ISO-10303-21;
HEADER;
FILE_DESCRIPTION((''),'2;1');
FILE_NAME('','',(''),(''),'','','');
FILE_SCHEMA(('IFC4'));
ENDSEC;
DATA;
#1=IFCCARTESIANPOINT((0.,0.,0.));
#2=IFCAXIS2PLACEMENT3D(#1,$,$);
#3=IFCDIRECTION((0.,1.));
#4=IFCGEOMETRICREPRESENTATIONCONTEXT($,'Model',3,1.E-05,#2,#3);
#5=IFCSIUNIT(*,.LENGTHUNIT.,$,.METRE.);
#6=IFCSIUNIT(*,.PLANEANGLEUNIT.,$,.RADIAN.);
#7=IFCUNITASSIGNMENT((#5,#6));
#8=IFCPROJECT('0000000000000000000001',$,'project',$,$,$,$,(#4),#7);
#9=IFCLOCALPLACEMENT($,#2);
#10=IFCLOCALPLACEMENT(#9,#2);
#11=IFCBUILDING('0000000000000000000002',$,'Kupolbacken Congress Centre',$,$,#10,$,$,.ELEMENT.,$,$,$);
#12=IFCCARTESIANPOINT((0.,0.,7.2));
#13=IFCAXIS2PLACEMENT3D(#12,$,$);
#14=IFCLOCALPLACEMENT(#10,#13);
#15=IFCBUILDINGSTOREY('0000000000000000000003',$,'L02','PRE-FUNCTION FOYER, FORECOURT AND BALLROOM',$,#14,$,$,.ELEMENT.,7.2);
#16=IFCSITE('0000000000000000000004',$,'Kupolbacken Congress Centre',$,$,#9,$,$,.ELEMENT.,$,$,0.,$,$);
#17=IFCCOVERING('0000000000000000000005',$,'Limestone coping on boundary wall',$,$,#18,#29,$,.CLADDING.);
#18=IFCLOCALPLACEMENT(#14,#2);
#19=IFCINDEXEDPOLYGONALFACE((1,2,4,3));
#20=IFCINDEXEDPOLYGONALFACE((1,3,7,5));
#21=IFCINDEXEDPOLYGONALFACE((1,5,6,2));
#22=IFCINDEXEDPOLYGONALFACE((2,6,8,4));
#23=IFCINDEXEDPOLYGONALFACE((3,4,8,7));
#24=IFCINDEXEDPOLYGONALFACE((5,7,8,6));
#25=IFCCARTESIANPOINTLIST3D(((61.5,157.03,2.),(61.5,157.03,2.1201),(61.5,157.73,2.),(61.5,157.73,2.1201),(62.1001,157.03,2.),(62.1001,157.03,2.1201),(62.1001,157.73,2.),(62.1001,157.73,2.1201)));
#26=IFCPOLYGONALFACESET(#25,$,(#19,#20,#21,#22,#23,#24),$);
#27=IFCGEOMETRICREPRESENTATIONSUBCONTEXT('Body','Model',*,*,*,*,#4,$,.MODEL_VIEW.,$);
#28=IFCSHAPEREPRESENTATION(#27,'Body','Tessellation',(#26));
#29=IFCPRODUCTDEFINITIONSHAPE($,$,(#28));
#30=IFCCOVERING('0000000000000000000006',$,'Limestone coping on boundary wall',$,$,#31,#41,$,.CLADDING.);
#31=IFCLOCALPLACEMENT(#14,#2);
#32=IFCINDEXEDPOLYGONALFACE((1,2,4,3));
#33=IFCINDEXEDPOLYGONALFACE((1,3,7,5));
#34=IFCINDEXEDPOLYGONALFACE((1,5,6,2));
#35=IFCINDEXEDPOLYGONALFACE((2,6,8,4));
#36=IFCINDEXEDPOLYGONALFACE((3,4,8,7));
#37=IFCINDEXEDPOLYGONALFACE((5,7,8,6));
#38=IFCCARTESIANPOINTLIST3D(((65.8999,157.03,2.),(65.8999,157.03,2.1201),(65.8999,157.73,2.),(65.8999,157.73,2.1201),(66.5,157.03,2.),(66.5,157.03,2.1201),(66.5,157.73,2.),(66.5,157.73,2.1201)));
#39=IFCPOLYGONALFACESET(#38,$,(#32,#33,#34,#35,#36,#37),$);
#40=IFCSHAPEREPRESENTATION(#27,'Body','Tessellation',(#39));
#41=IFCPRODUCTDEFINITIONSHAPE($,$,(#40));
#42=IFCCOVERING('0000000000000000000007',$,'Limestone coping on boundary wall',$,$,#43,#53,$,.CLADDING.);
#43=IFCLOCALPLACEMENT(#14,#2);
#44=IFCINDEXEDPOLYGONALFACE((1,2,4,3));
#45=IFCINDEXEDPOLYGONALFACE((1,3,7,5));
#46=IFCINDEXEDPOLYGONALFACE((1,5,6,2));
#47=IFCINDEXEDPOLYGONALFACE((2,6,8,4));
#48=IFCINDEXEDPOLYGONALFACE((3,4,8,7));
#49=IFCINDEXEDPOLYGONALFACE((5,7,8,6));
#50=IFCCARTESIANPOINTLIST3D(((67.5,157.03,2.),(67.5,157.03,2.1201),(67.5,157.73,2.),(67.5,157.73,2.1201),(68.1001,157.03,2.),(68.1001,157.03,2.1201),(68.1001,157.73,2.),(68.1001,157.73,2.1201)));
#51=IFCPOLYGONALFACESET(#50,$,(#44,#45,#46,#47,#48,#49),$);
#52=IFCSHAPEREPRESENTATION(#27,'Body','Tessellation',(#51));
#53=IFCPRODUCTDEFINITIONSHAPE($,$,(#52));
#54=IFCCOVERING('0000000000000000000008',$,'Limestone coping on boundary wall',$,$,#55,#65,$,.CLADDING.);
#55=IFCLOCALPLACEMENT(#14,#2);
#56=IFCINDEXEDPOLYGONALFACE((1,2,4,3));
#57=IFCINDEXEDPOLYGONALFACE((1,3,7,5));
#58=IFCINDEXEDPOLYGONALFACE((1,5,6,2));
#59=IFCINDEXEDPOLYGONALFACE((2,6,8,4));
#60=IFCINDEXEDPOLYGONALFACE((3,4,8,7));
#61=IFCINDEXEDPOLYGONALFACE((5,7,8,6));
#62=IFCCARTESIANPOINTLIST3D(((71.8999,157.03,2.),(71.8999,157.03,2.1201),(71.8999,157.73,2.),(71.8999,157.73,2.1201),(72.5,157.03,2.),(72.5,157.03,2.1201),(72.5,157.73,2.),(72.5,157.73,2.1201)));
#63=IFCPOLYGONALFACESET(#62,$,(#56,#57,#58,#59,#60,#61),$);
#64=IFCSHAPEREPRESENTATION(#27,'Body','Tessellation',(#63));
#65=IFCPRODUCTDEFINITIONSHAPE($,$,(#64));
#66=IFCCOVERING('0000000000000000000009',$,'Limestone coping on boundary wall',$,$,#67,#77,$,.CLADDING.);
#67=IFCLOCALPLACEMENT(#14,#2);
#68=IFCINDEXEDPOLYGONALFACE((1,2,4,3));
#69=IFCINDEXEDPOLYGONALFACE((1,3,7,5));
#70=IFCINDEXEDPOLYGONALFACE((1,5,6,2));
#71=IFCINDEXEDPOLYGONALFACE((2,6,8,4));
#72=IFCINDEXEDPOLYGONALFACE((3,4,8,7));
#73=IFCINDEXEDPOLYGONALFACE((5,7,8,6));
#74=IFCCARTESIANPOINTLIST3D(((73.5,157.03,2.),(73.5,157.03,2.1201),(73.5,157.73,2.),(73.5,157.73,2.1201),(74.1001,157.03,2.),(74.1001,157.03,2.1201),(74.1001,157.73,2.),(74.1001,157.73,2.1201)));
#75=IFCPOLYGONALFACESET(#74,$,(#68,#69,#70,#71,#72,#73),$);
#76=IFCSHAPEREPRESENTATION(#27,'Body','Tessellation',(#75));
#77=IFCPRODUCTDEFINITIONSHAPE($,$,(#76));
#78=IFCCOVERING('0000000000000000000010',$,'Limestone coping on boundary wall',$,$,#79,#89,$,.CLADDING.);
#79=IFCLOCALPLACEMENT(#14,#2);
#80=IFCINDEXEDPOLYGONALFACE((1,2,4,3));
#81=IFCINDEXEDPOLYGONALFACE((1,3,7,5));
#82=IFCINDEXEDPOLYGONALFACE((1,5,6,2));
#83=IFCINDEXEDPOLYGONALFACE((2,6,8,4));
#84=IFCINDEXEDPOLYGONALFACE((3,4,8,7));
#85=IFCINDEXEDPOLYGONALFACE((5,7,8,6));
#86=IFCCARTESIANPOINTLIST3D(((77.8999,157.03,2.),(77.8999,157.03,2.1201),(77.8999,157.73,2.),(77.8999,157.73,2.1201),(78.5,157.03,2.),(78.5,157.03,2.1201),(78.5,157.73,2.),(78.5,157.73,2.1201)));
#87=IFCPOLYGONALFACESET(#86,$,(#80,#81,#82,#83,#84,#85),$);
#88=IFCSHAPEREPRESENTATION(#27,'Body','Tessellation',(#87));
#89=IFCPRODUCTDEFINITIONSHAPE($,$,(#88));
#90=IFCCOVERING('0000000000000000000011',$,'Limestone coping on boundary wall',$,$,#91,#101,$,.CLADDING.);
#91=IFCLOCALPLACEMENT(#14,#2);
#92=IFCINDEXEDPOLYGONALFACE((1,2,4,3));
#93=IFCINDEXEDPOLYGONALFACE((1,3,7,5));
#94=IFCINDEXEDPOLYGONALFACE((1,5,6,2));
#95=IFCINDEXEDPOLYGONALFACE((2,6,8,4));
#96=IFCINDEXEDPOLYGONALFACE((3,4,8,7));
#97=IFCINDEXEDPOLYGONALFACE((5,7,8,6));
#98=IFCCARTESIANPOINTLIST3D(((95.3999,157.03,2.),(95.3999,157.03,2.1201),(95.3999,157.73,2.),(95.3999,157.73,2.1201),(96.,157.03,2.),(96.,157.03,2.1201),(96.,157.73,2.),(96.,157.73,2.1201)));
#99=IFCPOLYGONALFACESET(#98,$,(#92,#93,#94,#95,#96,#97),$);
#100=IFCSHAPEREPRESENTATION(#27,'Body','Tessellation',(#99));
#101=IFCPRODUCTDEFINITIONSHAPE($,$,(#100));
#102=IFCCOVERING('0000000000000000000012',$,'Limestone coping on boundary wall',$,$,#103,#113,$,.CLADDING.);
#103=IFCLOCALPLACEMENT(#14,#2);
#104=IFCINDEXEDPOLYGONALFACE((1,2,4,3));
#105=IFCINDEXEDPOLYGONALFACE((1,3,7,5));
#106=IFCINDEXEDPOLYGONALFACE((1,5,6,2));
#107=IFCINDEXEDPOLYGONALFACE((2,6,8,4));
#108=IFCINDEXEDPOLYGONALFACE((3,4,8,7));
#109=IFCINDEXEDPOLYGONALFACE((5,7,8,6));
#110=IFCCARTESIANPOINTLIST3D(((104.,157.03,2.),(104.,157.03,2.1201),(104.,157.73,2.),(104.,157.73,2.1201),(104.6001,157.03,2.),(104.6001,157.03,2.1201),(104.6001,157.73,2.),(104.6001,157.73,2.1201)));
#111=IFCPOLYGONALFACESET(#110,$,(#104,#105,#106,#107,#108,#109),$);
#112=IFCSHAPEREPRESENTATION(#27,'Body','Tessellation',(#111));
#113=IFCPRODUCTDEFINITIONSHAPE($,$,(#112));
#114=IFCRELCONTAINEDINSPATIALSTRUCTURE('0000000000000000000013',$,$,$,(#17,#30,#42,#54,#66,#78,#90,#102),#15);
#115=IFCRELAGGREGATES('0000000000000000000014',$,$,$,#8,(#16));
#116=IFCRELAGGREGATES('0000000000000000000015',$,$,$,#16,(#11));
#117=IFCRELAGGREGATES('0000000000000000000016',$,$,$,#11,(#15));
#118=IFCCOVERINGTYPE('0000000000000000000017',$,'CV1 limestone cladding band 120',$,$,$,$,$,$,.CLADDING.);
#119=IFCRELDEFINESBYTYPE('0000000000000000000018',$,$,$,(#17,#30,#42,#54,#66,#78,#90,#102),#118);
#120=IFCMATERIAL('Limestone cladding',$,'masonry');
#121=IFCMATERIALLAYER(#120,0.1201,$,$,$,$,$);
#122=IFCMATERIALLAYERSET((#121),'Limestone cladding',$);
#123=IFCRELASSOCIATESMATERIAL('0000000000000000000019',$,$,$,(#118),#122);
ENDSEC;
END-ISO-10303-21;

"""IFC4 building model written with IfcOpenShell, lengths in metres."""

from ifc_helpers import new_model, si_unit, direction, frame, origin, place, context, subcontext, project, spatial, polyline, outline, extrude, material, layer, layer_set, type_object, element, save


model = new_model("IFC4")

# Units and contexts
model_context = context("Model", 3, precision=1e-05, world=origin(), true_north=direction((0.0, 1.0)))
body_context = subcontext(model_context, "Body", "Model", "MODEL_VIEW")
ifc_project = project(units=[si_unit("LENGTHUNIT", "METRE"), si_unit("PLANEANGLEUNIT", "RADIAN")], contexts=[model_context])

# Site, building, storey
site_placement = place(None, origin())
site = spatial("IfcSite", under=ifc_project, at=site_placement, Name="Kupolbacken Congress Centre", CompositionType="ELEMENT", RefElevation=0.0)
building_placement = place(site_placement, origin())
building = spatial("IfcBuilding", under=site, at=building_placement, Name="Kupolbacken Congress Centre", CompositionType="ELEMENT")
storey_placement = place(building_placement, frame((0.0, 0.0, 7.2)))
storey = spatial("IfcBuildingStorey", under=building, at=storey_placement, Name="L02", Description="PRE-FUNCTION FOYER, FORECOURT AND BALLROOM", CompositionType="ELEMENT", Elevation=7.2)

# Coverings
ifc_material = material(Name="Limestone cladding", Category="masonry")
ifc_layer = layer(ifc_material, 0.1201)
ifc_layer_set = layer_set([ifc_layer], Name="Limestone cladding")
covering_type = type_object("IfcCoveringType", Name="CV1 limestone cladding band 120", PredefinedType="CLADDING", material=ifc_layer_set)
covering_1_placement = place(storey_placement, frame((0.0, 0.0, 2.0)))
element("IfcCovering", 1, at=covering_1_placement, inside=storey, type_object=covering_type, Name="Limestone coping on boundary wall", PredefinedType="CLADDING", context=body_context, shape_type="SweptSolid", body=[
    extrude(outline(polyline([(62.1001, 157.73), (62.1001, 157.03), (61.5, 157.03), (61.5, 157.73), (62.1001, 157.73)])), origin(), (0.0, 0.0, 1.0), 0.1201),
])
covering_2_placement = place(storey_placement, frame((0.0, 0.0, 2.0)))
element("IfcCovering", 2, at=covering_2_placement, inside=storey, type_object=covering_type, Name="Limestone coping on boundary wall", PredefinedType="CLADDING", context=body_context, shape_type="SweptSolid", body=[
    extrude(outline(polyline([(65.8999, 157.03), (65.8999, 157.73), (66.5, 157.73), (66.5, 157.03), (65.8999, 157.03)])), origin(), (0.0, 0.0, 1.0), 0.1201),
])
covering_3_placement = place(storey_placement, frame((0.0, 0.0, 2.0)))
element("IfcCovering", 3, at=covering_3_placement, inside=storey, type_object=covering_type, Name="Limestone coping on boundary wall", PredefinedType="CLADDING", context=body_context, shape_type="SweptSolid", body=[
    extrude(outline(polyline([(68.1001, 157.73), (68.1001, 157.03), (67.5, 157.03), (67.5, 157.73), (68.1001, 157.73)])), origin(), (0.0, 0.0, 1.0), 0.1201),
])
covering_4_placement = place(storey_placement, frame((0.0, 0.0, 2.0)))
element("IfcCovering", 4, at=covering_4_placement, inside=storey, type_object=covering_type, Name="Limestone coping on boundary wall", PredefinedType="CLADDING", context=body_context, shape_type="SweptSolid", body=[
    extrude(outline(polyline([(71.8999, 157.03), (71.8999, 157.73), (72.5, 157.73), (72.5, 157.03), (71.8999, 157.03)])), origin(), (0.0, 0.0, 1.0), 0.1201),
])
covering_5_placement = place(storey_placement, frame((0.0, 0.0, 2.0)))
element("IfcCovering", 5, at=covering_5_placement, inside=storey, type_object=covering_type, Name="Limestone coping on boundary wall", PredefinedType="CLADDING", context=body_context, shape_type="SweptSolid", body=[
    extrude(outline(polyline([(74.1001, 157.73), (74.1001, 157.03), (73.5, 157.03), (73.5, 157.73), (74.1001, 157.73)])), origin(), (0.0, 0.0, 1.0), 0.1201),
])
covering_6_placement = place(storey_placement, frame((0.0, 0.0, 2.0)))
element("IfcCovering", 6, at=covering_6_placement, inside=storey, type_object=covering_type, Name="Limestone coping on boundary wall", PredefinedType="CLADDING", context=body_context, shape_type="SweptSolid", body=[
    extrude(outline(polyline([(77.8999, 157.03), (77.8999, 157.73), (78.5, 157.73), (78.5, 157.03), (77.8999, 157.03)])), origin(), (0.0, 0.0, 1.0), 0.1201),
])
covering_7_placement = place(storey_placement, frame((0.0, 0.0, 2.0)))
element("IfcCovering", 7, at=covering_7_placement, inside=storey, type_object=covering_type, Name="Limestone coping on boundary wall", PredefinedType="CLADDING", context=body_context, shape_type="SweptSolid", body=[
    extrude(outline(polyline([(96.0, 157.73), (96.0, 157.03), (95.3999, 157.03), (95.3999, 157.73), (96.0, 157.73)])), origin(), (0.0, 0.0, 1.0), 0.1201),
])
covering_8_placement = place(storey_placement, frame((0.0, 0.0, 2.0)))
element("IfcCovering", 8, at=covering_8_placement, inside=storey, type_object=covering_type, Name="Limestone coping on boundary wall", PredefinedType="CLADDING", context=body_context, shape_type="SweptSolid", body=[
    extrude(outline(polyline([(104.0, 157.03), (104.0, 157.73), (104.6001, 157.73), (104.6001, 157.03), (104.0, 157.03)])), origin(), (0.0, 0.0, 1.0), 0.1201),
])

save(model, "model.ifc")
